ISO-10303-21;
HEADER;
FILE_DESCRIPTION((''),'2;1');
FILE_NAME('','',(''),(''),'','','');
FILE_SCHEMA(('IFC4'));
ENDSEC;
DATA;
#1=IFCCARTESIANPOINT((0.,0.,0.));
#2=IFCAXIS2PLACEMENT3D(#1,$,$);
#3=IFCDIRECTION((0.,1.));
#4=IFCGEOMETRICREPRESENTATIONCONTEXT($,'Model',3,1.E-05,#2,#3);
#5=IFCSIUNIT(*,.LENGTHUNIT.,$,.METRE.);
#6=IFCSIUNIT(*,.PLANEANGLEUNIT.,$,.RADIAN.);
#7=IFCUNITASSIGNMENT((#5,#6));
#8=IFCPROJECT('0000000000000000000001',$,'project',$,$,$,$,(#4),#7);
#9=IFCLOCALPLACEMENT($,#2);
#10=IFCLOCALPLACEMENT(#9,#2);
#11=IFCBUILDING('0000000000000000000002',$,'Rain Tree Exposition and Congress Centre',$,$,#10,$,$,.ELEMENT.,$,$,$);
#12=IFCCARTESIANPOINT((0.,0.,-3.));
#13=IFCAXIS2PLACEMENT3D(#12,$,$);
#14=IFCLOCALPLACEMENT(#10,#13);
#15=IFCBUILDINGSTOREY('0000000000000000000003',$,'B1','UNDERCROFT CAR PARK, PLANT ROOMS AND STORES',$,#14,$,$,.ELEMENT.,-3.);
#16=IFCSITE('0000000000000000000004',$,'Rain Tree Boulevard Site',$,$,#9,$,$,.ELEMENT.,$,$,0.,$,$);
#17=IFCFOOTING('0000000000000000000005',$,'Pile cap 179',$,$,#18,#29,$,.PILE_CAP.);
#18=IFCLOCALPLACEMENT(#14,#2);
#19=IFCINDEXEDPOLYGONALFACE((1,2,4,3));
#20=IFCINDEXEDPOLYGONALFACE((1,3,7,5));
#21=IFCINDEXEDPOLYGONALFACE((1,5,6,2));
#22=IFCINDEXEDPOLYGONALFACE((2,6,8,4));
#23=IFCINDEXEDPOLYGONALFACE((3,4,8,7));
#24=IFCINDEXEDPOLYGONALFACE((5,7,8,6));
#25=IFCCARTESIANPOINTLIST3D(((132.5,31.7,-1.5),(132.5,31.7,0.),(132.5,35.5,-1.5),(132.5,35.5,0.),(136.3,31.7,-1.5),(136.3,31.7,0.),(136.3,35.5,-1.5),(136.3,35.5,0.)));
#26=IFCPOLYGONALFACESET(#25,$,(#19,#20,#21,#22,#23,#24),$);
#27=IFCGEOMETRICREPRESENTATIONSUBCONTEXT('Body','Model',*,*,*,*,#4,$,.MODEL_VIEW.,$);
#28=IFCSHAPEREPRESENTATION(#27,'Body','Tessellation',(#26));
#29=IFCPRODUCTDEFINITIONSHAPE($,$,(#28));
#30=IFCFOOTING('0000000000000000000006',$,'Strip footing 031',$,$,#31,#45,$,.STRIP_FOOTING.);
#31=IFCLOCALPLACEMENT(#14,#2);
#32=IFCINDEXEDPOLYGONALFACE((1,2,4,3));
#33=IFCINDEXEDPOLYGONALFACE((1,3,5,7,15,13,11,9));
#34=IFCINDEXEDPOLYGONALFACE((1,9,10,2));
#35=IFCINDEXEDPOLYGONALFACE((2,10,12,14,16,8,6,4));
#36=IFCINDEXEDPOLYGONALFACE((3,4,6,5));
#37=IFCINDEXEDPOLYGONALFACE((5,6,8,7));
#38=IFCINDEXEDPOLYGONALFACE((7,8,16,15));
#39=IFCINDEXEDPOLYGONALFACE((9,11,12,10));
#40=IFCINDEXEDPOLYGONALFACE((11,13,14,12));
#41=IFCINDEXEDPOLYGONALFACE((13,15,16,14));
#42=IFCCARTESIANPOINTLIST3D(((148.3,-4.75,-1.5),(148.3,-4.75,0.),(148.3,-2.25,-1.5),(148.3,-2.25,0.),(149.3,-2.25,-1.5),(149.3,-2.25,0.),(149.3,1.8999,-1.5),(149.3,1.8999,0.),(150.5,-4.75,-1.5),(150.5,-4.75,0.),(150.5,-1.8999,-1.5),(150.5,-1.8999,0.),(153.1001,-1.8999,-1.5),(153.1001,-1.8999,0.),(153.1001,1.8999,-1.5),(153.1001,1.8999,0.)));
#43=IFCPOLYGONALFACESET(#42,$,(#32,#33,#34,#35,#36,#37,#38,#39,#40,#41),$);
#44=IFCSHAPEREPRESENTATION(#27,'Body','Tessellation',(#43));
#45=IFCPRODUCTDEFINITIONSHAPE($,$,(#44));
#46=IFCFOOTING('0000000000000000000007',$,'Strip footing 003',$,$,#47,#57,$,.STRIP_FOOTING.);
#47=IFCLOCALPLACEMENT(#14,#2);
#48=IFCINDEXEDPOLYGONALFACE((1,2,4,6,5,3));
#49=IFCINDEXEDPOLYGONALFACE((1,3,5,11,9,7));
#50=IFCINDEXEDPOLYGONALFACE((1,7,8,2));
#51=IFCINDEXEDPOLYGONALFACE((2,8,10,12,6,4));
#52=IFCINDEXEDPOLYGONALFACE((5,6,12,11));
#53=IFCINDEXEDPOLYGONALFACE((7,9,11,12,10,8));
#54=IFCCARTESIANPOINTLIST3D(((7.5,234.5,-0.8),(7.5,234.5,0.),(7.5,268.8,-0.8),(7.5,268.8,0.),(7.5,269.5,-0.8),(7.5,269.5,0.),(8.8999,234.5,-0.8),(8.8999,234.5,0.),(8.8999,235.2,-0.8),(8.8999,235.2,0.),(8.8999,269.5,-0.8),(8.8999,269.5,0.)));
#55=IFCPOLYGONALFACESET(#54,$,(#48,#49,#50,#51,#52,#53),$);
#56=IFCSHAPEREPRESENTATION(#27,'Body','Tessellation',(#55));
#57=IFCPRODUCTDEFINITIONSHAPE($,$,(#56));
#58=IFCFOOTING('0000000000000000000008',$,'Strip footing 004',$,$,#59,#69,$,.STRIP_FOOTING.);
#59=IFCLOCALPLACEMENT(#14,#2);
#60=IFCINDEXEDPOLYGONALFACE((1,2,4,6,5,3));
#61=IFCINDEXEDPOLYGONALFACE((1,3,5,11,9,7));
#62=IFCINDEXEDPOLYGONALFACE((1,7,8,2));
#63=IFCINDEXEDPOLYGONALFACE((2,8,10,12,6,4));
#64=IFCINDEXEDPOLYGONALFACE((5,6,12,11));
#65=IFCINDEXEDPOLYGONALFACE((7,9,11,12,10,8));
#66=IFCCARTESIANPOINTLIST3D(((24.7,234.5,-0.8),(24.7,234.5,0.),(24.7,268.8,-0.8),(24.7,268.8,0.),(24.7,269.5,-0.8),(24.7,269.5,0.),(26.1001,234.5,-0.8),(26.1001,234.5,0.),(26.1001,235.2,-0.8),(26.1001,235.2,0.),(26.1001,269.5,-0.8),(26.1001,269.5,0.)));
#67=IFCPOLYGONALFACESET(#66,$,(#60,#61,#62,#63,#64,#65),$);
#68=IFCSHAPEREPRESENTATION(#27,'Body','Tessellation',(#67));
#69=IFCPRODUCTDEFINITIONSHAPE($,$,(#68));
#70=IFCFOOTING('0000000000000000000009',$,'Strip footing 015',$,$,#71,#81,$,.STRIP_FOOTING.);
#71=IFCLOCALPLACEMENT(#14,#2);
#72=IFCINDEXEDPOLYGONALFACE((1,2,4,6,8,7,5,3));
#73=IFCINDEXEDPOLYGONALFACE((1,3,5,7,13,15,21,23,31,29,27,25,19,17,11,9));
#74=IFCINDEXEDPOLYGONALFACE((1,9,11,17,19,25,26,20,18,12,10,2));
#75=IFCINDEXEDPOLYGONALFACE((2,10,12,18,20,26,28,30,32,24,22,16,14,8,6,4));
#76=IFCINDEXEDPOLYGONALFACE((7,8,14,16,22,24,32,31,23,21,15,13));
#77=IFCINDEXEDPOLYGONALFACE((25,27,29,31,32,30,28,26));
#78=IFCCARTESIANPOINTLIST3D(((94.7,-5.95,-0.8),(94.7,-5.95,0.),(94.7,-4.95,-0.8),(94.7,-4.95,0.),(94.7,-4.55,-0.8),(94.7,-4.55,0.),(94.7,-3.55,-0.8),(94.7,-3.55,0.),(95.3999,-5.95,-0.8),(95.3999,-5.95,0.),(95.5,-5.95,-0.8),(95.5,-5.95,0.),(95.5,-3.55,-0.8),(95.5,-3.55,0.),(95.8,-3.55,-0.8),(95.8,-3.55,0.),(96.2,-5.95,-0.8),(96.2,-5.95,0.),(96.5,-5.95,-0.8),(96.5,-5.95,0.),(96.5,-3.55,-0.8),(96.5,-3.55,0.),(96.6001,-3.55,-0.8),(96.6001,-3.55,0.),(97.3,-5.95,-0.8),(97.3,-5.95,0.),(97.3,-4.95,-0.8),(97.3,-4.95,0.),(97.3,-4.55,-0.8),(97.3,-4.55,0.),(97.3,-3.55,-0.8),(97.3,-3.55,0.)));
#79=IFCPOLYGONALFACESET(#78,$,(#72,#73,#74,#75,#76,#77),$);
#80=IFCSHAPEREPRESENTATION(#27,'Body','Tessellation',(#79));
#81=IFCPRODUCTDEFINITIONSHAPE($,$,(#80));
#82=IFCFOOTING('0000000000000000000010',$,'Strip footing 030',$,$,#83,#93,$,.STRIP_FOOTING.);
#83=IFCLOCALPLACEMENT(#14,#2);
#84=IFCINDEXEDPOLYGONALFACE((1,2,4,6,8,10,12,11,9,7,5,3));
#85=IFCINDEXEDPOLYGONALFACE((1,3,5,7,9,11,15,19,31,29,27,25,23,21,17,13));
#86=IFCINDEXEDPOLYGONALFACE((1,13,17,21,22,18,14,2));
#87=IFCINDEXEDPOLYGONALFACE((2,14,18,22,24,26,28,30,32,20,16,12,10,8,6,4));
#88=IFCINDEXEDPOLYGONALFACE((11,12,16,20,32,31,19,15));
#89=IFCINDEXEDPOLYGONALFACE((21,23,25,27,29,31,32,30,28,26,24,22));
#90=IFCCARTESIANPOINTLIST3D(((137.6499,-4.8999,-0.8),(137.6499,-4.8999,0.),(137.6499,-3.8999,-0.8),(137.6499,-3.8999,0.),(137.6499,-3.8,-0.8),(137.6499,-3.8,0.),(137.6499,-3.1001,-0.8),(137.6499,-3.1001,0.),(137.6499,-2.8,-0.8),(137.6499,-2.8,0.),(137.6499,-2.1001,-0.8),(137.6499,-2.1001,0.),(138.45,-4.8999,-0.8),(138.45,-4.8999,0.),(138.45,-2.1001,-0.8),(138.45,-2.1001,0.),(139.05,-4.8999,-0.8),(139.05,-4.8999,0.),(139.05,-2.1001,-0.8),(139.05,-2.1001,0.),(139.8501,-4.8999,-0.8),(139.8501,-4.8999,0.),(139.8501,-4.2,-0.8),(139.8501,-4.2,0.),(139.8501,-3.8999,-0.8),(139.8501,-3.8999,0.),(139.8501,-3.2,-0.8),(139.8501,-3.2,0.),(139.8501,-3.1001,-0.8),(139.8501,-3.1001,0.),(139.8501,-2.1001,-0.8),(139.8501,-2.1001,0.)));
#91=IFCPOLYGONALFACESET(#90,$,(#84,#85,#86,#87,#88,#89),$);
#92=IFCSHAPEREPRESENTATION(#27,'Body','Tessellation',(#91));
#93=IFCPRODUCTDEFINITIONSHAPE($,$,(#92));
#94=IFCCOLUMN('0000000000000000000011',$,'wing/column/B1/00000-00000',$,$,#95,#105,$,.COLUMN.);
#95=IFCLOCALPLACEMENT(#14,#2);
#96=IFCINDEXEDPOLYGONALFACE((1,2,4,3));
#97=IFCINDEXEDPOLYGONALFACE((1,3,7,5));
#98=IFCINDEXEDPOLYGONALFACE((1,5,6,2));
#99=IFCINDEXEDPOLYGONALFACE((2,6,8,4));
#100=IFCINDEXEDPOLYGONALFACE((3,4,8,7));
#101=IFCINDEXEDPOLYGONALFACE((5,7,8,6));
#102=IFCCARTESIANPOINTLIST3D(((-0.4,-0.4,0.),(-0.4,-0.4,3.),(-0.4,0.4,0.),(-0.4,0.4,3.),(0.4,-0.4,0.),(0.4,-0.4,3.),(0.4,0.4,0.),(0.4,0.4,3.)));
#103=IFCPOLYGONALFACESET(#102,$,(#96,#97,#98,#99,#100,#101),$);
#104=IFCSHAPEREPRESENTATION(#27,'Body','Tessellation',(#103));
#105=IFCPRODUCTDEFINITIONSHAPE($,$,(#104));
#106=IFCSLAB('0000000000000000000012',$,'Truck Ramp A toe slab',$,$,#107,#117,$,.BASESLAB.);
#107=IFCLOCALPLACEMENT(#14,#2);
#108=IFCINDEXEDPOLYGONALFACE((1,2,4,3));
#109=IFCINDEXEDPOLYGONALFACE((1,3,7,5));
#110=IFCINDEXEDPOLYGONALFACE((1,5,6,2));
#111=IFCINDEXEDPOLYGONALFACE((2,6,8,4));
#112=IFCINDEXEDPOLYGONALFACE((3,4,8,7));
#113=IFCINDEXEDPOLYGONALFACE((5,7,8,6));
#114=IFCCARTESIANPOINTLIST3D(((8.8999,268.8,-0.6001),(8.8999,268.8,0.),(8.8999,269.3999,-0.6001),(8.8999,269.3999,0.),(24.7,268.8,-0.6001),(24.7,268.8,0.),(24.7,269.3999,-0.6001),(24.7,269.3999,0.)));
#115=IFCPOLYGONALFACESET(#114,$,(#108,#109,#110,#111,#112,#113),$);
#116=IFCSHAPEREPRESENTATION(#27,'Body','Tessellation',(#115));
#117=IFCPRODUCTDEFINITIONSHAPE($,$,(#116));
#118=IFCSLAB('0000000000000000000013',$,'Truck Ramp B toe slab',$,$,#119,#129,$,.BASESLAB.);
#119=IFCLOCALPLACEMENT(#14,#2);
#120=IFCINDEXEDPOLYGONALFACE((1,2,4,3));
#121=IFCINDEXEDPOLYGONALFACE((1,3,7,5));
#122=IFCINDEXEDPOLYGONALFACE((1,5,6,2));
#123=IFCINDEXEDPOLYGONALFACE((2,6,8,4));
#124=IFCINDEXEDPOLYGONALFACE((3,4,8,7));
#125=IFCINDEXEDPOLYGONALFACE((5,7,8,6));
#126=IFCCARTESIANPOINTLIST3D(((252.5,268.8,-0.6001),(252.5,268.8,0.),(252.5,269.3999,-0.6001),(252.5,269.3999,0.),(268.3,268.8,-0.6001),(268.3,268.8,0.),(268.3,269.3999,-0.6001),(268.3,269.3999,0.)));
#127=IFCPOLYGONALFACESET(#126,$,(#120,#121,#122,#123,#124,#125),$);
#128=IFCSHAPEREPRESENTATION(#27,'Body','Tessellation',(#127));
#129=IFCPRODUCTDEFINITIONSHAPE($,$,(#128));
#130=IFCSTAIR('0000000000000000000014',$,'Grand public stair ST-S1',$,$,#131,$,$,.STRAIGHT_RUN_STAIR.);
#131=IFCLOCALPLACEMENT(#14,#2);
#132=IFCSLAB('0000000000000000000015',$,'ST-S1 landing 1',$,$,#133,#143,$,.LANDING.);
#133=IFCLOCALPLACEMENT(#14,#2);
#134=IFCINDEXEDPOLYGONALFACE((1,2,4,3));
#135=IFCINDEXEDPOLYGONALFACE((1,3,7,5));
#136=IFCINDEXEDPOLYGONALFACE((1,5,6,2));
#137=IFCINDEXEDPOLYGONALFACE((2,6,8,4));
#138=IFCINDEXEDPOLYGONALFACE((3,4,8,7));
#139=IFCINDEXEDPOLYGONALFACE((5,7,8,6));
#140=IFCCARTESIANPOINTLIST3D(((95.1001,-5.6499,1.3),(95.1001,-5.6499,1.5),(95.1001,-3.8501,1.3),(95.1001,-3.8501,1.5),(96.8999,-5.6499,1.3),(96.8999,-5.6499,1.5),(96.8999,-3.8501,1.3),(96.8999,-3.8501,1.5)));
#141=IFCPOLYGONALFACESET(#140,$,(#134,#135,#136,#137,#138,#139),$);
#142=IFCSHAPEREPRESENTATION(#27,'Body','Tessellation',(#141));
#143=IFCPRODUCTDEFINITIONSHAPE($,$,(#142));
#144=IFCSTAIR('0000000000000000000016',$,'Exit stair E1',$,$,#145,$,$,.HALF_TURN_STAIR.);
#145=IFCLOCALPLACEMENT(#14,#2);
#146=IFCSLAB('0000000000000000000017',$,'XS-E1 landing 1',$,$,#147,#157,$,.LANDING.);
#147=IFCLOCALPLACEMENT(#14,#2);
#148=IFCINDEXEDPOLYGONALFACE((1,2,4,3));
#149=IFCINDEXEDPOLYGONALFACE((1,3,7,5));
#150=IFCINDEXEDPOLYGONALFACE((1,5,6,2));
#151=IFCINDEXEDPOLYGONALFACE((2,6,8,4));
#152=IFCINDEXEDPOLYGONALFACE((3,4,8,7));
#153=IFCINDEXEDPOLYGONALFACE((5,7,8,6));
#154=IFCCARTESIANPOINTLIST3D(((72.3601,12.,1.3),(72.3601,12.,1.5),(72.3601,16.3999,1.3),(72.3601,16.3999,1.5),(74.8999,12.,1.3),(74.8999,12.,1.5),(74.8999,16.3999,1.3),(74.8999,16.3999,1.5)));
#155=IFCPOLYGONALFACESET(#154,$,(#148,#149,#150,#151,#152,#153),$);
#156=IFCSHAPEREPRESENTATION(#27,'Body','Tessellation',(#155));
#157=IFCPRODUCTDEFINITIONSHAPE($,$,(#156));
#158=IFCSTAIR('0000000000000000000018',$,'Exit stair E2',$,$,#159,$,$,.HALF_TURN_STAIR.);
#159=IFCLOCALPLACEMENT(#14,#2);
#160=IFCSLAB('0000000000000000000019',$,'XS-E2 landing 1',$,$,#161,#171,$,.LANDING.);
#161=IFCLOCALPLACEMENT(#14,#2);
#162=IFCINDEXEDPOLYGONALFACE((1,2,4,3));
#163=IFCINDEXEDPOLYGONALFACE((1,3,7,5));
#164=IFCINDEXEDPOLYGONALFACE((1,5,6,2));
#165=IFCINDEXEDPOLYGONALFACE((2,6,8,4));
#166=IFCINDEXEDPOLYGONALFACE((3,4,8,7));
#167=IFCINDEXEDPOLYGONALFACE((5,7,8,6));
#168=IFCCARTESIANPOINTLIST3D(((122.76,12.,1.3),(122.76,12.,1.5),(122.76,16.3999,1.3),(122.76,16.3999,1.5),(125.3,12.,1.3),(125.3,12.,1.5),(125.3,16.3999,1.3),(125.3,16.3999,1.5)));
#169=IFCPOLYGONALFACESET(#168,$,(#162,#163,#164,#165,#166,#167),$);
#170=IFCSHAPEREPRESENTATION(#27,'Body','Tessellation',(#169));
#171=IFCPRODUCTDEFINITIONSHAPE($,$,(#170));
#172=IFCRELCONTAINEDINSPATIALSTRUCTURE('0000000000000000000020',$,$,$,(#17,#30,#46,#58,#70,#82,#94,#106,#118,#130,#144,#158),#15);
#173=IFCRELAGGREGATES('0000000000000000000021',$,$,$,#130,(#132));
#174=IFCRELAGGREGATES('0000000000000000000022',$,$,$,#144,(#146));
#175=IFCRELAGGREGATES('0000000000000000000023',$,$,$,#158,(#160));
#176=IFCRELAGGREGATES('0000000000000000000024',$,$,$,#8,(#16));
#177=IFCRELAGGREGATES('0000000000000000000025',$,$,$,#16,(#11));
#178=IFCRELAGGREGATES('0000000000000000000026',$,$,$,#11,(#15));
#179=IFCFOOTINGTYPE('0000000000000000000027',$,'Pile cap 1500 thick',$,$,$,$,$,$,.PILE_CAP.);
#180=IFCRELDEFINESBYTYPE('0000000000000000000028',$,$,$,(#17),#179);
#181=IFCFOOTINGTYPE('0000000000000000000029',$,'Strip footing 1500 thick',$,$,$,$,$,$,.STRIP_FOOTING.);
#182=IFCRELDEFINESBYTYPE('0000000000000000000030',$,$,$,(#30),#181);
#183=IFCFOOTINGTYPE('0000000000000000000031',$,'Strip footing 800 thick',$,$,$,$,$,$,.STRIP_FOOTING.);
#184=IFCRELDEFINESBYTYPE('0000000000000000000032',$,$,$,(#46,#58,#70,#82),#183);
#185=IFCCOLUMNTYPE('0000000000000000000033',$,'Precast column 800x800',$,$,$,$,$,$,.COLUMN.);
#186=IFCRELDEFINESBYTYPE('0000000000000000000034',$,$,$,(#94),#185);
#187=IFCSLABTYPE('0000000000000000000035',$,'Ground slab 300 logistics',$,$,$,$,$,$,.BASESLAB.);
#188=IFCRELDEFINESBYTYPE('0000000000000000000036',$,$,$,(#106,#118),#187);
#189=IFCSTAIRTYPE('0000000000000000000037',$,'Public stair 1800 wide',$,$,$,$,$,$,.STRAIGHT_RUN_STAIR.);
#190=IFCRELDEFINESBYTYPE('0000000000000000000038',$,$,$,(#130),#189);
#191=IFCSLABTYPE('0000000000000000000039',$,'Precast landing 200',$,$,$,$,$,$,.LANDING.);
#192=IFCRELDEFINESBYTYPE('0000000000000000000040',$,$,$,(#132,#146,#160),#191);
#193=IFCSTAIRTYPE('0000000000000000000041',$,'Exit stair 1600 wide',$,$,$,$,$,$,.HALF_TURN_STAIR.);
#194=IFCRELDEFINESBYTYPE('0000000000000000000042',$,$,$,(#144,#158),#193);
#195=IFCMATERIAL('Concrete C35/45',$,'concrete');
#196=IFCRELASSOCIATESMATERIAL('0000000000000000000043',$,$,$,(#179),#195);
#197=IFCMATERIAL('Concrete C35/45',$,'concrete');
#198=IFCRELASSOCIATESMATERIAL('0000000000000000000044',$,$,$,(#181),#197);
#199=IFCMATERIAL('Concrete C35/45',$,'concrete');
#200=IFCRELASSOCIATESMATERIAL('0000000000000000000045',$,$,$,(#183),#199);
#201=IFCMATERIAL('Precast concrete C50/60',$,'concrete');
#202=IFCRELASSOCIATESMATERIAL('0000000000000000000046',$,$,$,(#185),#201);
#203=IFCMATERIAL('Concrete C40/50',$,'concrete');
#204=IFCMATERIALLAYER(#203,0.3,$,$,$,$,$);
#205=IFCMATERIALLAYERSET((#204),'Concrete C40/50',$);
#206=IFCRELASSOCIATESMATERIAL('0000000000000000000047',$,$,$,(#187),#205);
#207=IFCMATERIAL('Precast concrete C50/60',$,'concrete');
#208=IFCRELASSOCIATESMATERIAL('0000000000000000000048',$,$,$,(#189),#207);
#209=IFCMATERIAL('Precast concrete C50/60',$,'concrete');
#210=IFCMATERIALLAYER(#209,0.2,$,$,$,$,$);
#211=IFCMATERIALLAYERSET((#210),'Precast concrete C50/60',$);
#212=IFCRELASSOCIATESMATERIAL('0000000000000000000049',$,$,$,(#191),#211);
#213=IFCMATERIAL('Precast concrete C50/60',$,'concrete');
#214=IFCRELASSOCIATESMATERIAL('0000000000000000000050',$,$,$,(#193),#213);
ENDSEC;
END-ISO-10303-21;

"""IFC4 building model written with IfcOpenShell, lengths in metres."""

from ifc_helpers import new_model, si_unit, direction, frame, origin, origin_with_axes, origin_2d, place, context, subcontext, project, spatial, polyline, rectangle, outline, extrude, material, layer, layer_set, material_profile, profile_set, type_object, element, aggregate, save


model = new_model("IFC4")

# Units and contexts
model_context = context("Model", 3, precision=1e-05, world=origin(), true_north=direction((0.0, 1.0)))
body_context = subcontext(model_context, "Body", "Model", "MODEL_VIEW")
ifc_project = project(units=[si_unit("LENGTHUNIT", "METRE"), si_unit("PLANEANGLEUNIT", "RADIAN")], contexts=[model_context])

# Site, building, storey
site_placement = place(None, origin())
site = spatial("IfcSite", under=ifc_project, at=site_placement, Name="Rain Tree Boulevard Site", CompositionType="ELEMENT", RefElevation=0.0)
building_placement = place(site_placement, origin())
building = spatial("IfcBuilding", under=site, at=building_placement, Name="Rain Tree Exposition and Congress Centre", CompositionType="ELEMENT")
storey_placement = place(building_placement, frame((0.0, 0.0, -3.0)))
storey = spatial("IfcBuildingStorey", under=building, at=storey_placement, Name="B1", Description="UNDERCROFT CAR PARK, PLANT ROOMS AND STORES", CompositionType="ELEMENT", Elevation=-3.0)

# Footings
ifc_material_1 = material(Name="Concrete C35/45", Category="concrete")
footing_type_1 = type_object("IfcFootingType", Name="Pile cap 1500 thick", PredefinedType="PILE_CAP", material=ifc_material_1)
footing_1_placement = place(storey_placement, frame((0.0, 0.0, -1.5)))
element("IfcFooting", 1, at=footing_1_placement, inside=storey, type_object=footing_type_1, Name="Pile cap 179", PredefinedType="PILE_CAP", context=body_context, shape_type="SweptSolid", body=[
    extrude(outline(polyline([(136.3, 31.7), (136.3, 35.5), (132.5, 35.5), (132.5, 31.7), (136.3, 31.7)])), origin(), (0.0, 0.0, 1.0), 1.5),
])
ifc_material_2 = material(Name="Concrete C35/45", Category="concrete")
footing_type_2 = type_object("IfcFootingType", Name="Strip footing 1500 thick", PredefinedType="STRIP_FOOTING", material=ifc_material_2)
footing_2_placement = place(storey_placement, frame((0.0, 0.0, -1.5)))
element("IfcFooting", 2, at=footing_2_placement, inside=storey, type_object=footing_type_2, Name="Strip footing 031", PredefinedType="STRIP_FOOTING", context=body_context, shape_type="SweptSolid", body=[
    extrude(outline(polyline([(148.3, -2.25), (148.3, -4.75), (150.5, -4.75), (150.5, -1.8999), (153.1001, -1.8999), (153.1001, 1.8999), (149.3, 1.8999), (149.3, -2.25), (148.3, -2.25)])), origin(), (0.0, 0.0, 1.0), 1.5),
])
ifc_material_3 = material(Name="Concrete C35/45", Category="concrete")
footing_type_3 = type_object("IfcFootingType", Name="Strip footing 800 thick", PredefinedType="STRIP_FOOTING", material=ifc_material_3)
footing_3_placement = place(storey_placement, frame((0.0, 0.0, -0.8)))
element("IfcFooting", 3, at=footing_3_placement, inside=storey, type_object=footing_type_3, Name="Strip footing 003", PredefinedType="STRIP_FOOTING", context=body_context, shape_type="SweptSolid", body=[
    extrude(outline(polyline([(8.8999, 235.2), (8.8999, 269.5), (7.5, 269.5), (7.5, 268.8), (7.5, 234.5), (8.8999, 234.5), (8.8999, 235.2)])), origin(), (0.0, 0.0, 1.0), 0.8),
])
footing_4_placement = place(storey_placement, frame((0.0, 0.0, -0.8)))
element("IfcFooting", 4, at=footing_4_placement, inside=storey, type_object=footing_type_3, Name="Strip footing 004", PredefinedType="STRIP_FOOTING", context=body_context, shape_type="SweptSolid", body=[
    extrude(outline(polyline([(26.1001, 235.2), (26.1001, 269.5), (24.7, 269.5), (24.7, 268.8), (24.7, 234.5), (26.1001, 234.5), (26.1001, 235.2)])), origin(), (0.0, 0.0, 1.0), 0.8),
])
footing_5_placement = place(storey_placement, frame((0.0, 0.0, -0.8)))
element("IfcFooting", 5, at=footing_5_placement, inside=storey, type_object=footing_type_3, Name="Strip footing 015", PredefinedType="STRIP_FOOTING", context=body_context, shape_type="SweptSolid", body=[
    extrude(outline(polyline([(97.3, -4.95), (97.3, -4.55), (97.3, -3.55), (96.6001, -3.55), (96.5, -3.55), (95.8, -3.55), (95.5, -3.55), (94.7, -3.55), (94.7, -4.55), (94.7, -4.95), (94.7, -5.95), (95.3999, -5.95), (95.5, -5.95), (96.2, -5.95), (96.5, -5.95), (97.3, -5.95), (97.3, -4.95)])), origin(), (0.0, 0.0, 1.0), 0.8),
])
footing_6_placement = place(storey_placement, frame((0.0, 0.0, -0.8)))
element("IfcFooting", 6, at=footing_6_placement, inside=storey, type_object=footing_type_3, Name="Strip footing 030", PredefinedType="STRIP_FOOTING", context=body_context, shape_type="SweptSolid", body=[
    extrude(outline(polyline([(139.8501, -3.2), (139.8501, -3.1001), (139.8501, -2.1001), (139.05, -2.1001), (138.45, -2.1001), (137.6499, -2.1001), (137.6499, -2.8), (137.6499, -3.1001), (137.6499, -3.8), (137.6499, -3.8999), (137.6499, -4.8999), (138.45, -4.8999), (139.05, -4.8999), (139.8501, -4.8999), (139.8501, -4.2), (139.8501, -3.8999), (139.8501, -3.2)])), origin(), (0.0, 0.0, 1.0), 0.8),
])

# Column
ifc_material_4 = material(Name="Precast concrete C50/60", Category="concrete")
ifc_material_profile_1 = material_profile(ifc_material_4, rectangle(XDim=0.8, YDim=0.8, at=origin_2d()), Name="RC 800x800")
ifc_profile_set_1 = profile_set([ifc_material_profile_1], Name="Precast concrete C50/60")
column_type = type_object("IfcColumnType", Name="Precast column 800x800", PredefinedType="COLUMN", material=ifc_profile_set_1)
column_placement = place(storey_placement, origin_with_axes())
element("IfcColumn", 7, at=column_placement, inside=storey, type_object=column_type, Name="wing/column/B1/00000-00000", PredefinedType="COLUMN", context=body_context, shape_type="SweptSolid", body=[
    extrude(rectangle(XDim=0.8, YDim=0.8, at=origin_2d()), origin(), (0.0, 0.0, 1.0), 3.0),
])

# Slabs
ifc_material_5 = material(Name="Concrete C40/50", Category="concrete")
ifc_layer_1 = layer(ifc_material_5, 0.3)
ifc_layer_set_1 = layer_set([ifc_layer_1], Name="Concrete C40/50")
slab_type_1 = type_object("IfcSlabType", Name="Ground slab 300 logistics", PredefinedType="BASESLAB", material=ifc_layer_set_1)
slab_1_placement = place(storey_placement, frame((0.0, 0.0, -0.6001)))
element("IfcSlab", 8, at=slab_1_placement, inside=storey, type_object=slab_type_1, Name="Truck Ramp A toe slab", PredefinedType="BASESLAB", context=body_context, shape_type="SweptSolid", body=[
    extrude(outline(polyline([(24.7, 269.3999), (8.8999, 269.3999), (8.8999, 268.8), (24.7, 268.8), (24.7, 269.3999)])), origin(), (0.0, 0.0, 1.0), 0.6001),
])
slab_2_placement = place(storey_placement, frame((0.0, 0.0, -0.6001)))
element("IfcSlab", 9, at=slab_2_placement, inside=storey, type_object=slab_type_1, Name="Truck Ramp B toe slab", PredefinedType="BASESLAB", context=body_context, shape_type="SweptSolid", body=[
    extrude(outline(polyline([(268.3, 269.3999), (252.5, 269.3999), (252.5, 268.8), (268.3, 268.8), (268.3, 269.3999)])), origin(), (0.0, 0.0, 1.0), 0.6001),
])

# Stairs, slabs
ifc_material_6 = material(Name="Precast concrete C50/60", Category="concrete")
stair_type_1 = type_object("IfcStairType", Name="Public stair 1800 wide", PredefinedType="STRAIGHT_RUN_STAIR", material=ifc_material_6)
stair_1_placement = place(storey_placement, origin())
stair_1 = element("IfcStair", 10, at=stair_1_placement, inside=storey, type_object=stair_type_1, Name="Grand public stair ST-S1", PredefinedType="STRAIGHT_RUN_STAIR")
ifc_material_7 = material(Name="Precast concrete C50/60", Category="concrete")
ifc_layer_2 = layer(ifc_material_7, 0.2)
ifc_layer_set_2 = layer_set([ifc_layer_2], Name="Precast concrete C50/60")
slab_type_2 = type_object("IfcSlabType", Name="Precast landing 200", PredefinedType="LANDING", material=ifc_layer_set_2)
slab_3_placement = place(storey_placement, frame((0.0, 0.0, 1.3)))
slab_3 = element("IfcSlab", 11, at=slab_3_placement, type_object=slab_type_2, Name="ST-S1 landing 1", PredefinedType="LANDING", context=body_context, shape_type="SweptSolid", body=[
    extrude(outline(polyline([(95.1001, -5.6499), (96.8999, -5.6499), (96.8999, -3.8501), (95.1001, -3.8501), (95.1001, -5.6499)])), origin(), (0.0, 0.0, 1.0), 0.2),
])
aggregate(stair_1, [slab_3])
ifc_material_8 = material(Name="Precast concrete C50/60", Category="concrete")
stair_type_2 = type_object("IfcStairType", Name="Exit stair 1600 wide", PredefinedType="HALF_TURN_STAIR", material=ifc_material_8)
stair_2_placement = place(storey_placement, origin())
stair_2 = element("IfcStair", 12, at=stair_2_placement, inside=storey, type_object=stair_type_2, Name="Exit stair E1", PredefinedType="HALF_TURN_STAIR")
slab_4_placement = place(storey_placement, frame((0.0, 0.0, 1.3)))
slab_4 = element("IfcSlab", 13, at=slab_4_placement, type_object=slab_type_2, Name="XS-E1 landing 1", PredefinedType="LANDING", context=body_context, shape_type="SweptSolid", body=[
    extrude(outline(polyline([(72.3601, 12.0), (74.8999, 12.0), (74.8999, 16.3999), (72.3601, 16.3999), (72.3601, 12.0)])), origin(), (0.0, 0.0, 1.0), 0.2),
])
aggregate(stair_2, [slab_4])
stair_3_placement = place(storey_placement, origin())
stair_3 = element("IfcStair", 14, at=stair_3_placement, inside=storey, type_object=stair_type_2, Name="Exit stair E2", PredefinedType="HALF_TURN_STAIR")
slab_5_placement = place(storey_placement, frame((0.0, 0.0, 1.3)))
slab_5 = element("IfcSlab", 15, at=slab_5_placement, type_object=slab_type_2, Name="XS-E2 landing 1", PredefinedType="LANDING", context=body_context, shape_type="SweptSolid", body=[
    extrude(outline(polyline([(122.76, 12.0), (125.3, 12.0), (125.3, 16.3999), (122.76, 16.3999), (122.76, 12.0)])), origin(), (0.0, 0.0, 1.0), 0.2),
])
aggregate(stair_3, [slab_5])

save(model, "model.ifc")
